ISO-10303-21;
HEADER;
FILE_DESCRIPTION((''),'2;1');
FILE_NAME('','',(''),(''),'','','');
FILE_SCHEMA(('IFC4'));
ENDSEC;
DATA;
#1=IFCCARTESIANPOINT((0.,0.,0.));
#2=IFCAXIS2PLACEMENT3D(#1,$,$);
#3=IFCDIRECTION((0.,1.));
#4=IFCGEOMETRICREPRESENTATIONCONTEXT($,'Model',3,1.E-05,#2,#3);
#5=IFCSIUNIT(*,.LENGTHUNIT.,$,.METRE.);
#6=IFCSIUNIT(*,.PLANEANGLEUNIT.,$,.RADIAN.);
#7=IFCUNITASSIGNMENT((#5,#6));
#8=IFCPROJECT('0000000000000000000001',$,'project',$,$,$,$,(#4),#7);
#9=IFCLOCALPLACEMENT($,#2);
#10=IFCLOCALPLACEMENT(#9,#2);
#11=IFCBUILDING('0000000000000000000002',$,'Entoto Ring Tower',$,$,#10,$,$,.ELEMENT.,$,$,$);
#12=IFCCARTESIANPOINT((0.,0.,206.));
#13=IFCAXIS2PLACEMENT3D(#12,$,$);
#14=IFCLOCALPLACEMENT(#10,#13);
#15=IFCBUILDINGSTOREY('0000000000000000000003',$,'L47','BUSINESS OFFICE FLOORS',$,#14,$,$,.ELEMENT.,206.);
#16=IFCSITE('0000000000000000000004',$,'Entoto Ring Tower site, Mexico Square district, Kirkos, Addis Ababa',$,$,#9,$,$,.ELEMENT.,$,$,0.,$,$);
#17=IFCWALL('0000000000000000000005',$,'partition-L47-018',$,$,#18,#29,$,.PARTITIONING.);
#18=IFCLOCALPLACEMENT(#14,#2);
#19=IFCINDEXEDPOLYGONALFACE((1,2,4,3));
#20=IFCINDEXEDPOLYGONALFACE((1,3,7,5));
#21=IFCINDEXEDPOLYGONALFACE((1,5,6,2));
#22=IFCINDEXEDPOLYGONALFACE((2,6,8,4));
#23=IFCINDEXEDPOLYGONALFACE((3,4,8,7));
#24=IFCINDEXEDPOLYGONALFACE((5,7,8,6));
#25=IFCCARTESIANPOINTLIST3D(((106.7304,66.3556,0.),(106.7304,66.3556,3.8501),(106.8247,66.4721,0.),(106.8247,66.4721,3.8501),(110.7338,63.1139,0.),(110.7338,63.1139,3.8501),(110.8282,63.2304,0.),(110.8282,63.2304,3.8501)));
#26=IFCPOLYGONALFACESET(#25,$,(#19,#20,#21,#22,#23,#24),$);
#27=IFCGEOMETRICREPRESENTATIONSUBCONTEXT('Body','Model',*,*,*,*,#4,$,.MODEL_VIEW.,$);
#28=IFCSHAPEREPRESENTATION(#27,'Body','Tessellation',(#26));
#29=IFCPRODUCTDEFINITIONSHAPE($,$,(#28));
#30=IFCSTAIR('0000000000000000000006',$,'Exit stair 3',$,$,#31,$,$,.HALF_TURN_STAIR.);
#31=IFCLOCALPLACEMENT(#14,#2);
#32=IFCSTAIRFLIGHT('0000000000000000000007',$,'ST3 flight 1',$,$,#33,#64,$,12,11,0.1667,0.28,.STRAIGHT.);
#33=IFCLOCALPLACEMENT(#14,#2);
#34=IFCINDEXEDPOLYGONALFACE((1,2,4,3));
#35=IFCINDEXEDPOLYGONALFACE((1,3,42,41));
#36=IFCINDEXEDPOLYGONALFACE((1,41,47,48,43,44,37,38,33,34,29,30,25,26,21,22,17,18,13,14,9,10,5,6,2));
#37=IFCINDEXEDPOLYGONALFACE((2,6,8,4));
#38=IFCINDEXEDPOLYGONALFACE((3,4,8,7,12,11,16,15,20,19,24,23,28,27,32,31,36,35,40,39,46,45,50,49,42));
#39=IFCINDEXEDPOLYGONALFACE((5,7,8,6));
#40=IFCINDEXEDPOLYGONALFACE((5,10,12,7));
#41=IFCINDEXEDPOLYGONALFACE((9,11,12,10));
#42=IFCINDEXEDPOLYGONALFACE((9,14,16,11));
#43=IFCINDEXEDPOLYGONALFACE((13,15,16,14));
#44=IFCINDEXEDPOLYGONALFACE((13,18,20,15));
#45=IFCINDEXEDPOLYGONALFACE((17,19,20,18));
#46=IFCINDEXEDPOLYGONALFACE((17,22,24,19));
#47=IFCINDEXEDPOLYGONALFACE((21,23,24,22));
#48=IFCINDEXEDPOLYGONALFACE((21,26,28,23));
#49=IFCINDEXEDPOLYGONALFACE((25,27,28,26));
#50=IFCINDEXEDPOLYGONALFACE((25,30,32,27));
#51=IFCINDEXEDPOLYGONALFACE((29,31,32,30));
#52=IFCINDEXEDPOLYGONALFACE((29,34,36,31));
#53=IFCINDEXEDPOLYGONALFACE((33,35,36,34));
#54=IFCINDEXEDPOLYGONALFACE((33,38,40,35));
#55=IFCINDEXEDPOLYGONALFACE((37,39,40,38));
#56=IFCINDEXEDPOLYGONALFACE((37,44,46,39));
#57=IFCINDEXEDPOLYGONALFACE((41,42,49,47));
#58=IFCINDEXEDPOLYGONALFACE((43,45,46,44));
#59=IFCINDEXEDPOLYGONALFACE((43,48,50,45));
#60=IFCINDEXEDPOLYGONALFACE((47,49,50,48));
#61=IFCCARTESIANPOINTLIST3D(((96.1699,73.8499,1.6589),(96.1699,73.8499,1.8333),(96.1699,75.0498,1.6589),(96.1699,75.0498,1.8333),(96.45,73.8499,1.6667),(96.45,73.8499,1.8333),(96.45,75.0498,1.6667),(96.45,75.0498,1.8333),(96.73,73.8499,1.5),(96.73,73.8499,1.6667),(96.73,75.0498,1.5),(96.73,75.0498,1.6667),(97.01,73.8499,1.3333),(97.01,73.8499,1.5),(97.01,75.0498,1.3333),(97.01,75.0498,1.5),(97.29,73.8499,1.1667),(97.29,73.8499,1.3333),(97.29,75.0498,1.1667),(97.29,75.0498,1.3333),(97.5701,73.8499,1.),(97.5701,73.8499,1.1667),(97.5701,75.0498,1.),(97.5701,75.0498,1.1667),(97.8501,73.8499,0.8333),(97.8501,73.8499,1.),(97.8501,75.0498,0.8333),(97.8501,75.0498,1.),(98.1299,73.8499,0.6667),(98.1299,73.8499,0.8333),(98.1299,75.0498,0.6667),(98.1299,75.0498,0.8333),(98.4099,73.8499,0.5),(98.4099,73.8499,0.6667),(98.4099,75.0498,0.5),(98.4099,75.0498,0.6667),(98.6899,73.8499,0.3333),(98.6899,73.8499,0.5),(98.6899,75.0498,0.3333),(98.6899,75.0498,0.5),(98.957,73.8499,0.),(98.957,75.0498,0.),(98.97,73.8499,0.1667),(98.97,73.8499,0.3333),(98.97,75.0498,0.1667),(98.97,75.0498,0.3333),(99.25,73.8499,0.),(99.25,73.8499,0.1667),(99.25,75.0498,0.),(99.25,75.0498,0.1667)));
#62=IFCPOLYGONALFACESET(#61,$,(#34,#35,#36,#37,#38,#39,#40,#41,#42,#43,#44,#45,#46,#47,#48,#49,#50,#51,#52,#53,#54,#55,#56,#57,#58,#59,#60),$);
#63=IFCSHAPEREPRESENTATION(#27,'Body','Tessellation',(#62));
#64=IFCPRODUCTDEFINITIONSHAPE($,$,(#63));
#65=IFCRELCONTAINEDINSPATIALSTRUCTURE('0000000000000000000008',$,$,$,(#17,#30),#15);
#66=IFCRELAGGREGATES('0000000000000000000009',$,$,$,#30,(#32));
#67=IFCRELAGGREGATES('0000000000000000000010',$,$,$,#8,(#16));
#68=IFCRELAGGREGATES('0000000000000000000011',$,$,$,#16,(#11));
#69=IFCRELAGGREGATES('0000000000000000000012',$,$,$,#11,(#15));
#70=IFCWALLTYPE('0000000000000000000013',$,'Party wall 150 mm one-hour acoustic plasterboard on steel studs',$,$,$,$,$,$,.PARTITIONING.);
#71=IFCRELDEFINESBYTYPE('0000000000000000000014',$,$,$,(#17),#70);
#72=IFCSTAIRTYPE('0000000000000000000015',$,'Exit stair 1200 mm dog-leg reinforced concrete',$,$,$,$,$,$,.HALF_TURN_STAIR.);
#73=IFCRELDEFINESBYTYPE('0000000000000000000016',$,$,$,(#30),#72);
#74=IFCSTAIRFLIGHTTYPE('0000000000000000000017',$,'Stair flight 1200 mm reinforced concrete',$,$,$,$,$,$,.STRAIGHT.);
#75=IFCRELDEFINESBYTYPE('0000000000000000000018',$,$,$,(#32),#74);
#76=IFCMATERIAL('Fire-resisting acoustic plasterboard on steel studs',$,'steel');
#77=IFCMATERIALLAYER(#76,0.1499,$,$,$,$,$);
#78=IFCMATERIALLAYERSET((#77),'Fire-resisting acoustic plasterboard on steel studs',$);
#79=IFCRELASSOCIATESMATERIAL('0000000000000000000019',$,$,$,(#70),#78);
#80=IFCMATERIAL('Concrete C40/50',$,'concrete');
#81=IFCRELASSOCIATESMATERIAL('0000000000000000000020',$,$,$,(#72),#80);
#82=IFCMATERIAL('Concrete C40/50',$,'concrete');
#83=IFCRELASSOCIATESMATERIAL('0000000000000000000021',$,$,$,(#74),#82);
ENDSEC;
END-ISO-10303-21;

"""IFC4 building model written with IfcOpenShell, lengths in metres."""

from ifc_helpers import new_model, si_unit, direction, frame, frame_2d, origin, place, context, subcontext, project, spatial, polyline, rectangle, outline, extrude, material, layer, layer_set, type_object, element, aggregate, save


model = new_model("IFC4")

# Units and contexts
model_context = context("Model", 3, precision=1e-05, world=origin(), true_north=direction((0.0, 1.0)))
body_context = subcontext(model_context, "Body", "Model", "MODEL_VIEW")
ifc_project = project(units=[si_unit("LENGTHUNIT", "METRE"), si_unit("PLANEANGLEUNIT", "RADIAN")], contexts=[model_context])

# Site, building, storey
site_placement = place(None, origin())
site = spatial("IfcSite", under=ifc_project, at=site_placement, Name="Entoto Ring Tower site, Mexico Square district, Kirkos, Addis Ababa", CompositionType="ELEMENT", RefElevation=0.0)
building_placement = place(site_placement, origin())
building = spatial("IfcBuilding", under=site, at=building_placement, Name="Entoto Ring Tower", CompositionType="ELEMENT")
storey_placement = place(building_placement, frame((0.0, 0.0, 206.0)))
storey = spatial("IfcBuildingStorey", under=building, at=storey_placement, Name="L47", Description="BUSINESS OFFICE FLOORS", CompositionType="ELEMENT", Elevation=206.0)

# Wall
ifc_material_1 = material(Name="Fire-resisting acoustic plasterboard on steel studs", Category="steel")
ifc_layer_1 = layer(ifc_material_1, 0.1499)
ifc_layer_set_1 = layer_set([ifc_layer_1], Name="Fire-resisting acoustic plasterboard on steel studs")
wall_type_1 = type_object("IfcWallType", Name="Party wall 150 mm one-hour acoustic plasterboard on steel studs", PredefinedType="PARTITIONING", material=ifc_layer_set_1)
wall_1_placement = place(storey_placement, frame((110.781, 63.1721, 0.0), z_axis=(0.0, 0.0, 1.0), x_axis=(-0.777165, 0.629296, 0.0)))
element("IfcWall", 1, at=wall_1_placement, inside=storey, type_object=wall_type_1, Name="partition-L47-018", PredefinedType="PARTITIONING", context=body_context, shape_type="SweptSolid", body=[
    extrude(rectangle(XDim=5.1514, YDim=0.1499, at=frame_2d((2.5757, 0.0))), origin(), (0.0, 0.0, 1.0), 3.8501),
])

# Stair, stair flight
ifc_material_2 = material(Name="Concrete C40/50", Category="concrete")
stair_type = type_object("IfcStairType", Name="Exit stair 1200 mm dog-leg reinforced concrete", PredefinedType="HALF_TURN_STAIR", material=ifc_material_2)
stair_placement = place(storey_placement, origin())
stair = element("IfcStair", 2, at=stair_placement, inside=storey, type_object=stair_type, Name="Exit stair 3", PredefinedType="HALF_TURN_STAIR")
ifc_material_3 = material(Name="Concrete C40/50", Category="concrete")
stair_flight_type = type_object("IfcStairFlightType", Name="Stair flight 1200 mm reinforced concrete", PredefinedType="STRAIGHT", material=ifc_material_3)
stair_flight_placement = place(storey_placement, frame((99.25, 74.45, 0.0), z_axis=(0.0, 0.0, 1.0), x_axis=(-1.0, 0.0, 0.0)))
stair_flight = element("IfcStairFlight", 3, at=stair_flight_placement, type_object=stair_flight_type, Name="ST3 flight 1", NumberOfRisers=12, NumberOfTreads=11, PredefinedType="STRAIGHT", RiserHeight=0.1667, TreadLength=0.28, context=body_context, shape_type="SweptSolid", body=[
    extrude(outline(polyline([(0.0, 0.0), (0.0, 0.1667), (0.28, 0.1667), (0.28, 0.3333), (0.5601, 0.3333), (0.5601, 0.5), (0.8401, 0.5), (0.8401, 0.6667), (1.1201, 0.6667), (1.1201, 0.8333), (1.3999, 0.8333), (1.3999, 1.0), (1.6799, 1.0), (1.6799, 1.1667), (1.96, 1.1667), (1.96, 1.3333), (2.24, 1.3333), (2.24, 1.5), (2.52, 1.5), (2.52, 1.6667), (2.8, 1.6667), (2.8, 1.8333), (3.0801, 1.8333), (3.0801, 2.0), (3.0801, 1.6589), (0.293, 0.0), (0.0, 0.0)])), frame((0.0, 0.6001, 0.0), z_axis=(0.0, -1.0, 0.0), x_axis=(1.0, 0.0, 0.0)), (0.0, 0.0, 1.0), 1.2),
])
aggregate(stair, [stair_flight])

save(model, "model.ifc")
